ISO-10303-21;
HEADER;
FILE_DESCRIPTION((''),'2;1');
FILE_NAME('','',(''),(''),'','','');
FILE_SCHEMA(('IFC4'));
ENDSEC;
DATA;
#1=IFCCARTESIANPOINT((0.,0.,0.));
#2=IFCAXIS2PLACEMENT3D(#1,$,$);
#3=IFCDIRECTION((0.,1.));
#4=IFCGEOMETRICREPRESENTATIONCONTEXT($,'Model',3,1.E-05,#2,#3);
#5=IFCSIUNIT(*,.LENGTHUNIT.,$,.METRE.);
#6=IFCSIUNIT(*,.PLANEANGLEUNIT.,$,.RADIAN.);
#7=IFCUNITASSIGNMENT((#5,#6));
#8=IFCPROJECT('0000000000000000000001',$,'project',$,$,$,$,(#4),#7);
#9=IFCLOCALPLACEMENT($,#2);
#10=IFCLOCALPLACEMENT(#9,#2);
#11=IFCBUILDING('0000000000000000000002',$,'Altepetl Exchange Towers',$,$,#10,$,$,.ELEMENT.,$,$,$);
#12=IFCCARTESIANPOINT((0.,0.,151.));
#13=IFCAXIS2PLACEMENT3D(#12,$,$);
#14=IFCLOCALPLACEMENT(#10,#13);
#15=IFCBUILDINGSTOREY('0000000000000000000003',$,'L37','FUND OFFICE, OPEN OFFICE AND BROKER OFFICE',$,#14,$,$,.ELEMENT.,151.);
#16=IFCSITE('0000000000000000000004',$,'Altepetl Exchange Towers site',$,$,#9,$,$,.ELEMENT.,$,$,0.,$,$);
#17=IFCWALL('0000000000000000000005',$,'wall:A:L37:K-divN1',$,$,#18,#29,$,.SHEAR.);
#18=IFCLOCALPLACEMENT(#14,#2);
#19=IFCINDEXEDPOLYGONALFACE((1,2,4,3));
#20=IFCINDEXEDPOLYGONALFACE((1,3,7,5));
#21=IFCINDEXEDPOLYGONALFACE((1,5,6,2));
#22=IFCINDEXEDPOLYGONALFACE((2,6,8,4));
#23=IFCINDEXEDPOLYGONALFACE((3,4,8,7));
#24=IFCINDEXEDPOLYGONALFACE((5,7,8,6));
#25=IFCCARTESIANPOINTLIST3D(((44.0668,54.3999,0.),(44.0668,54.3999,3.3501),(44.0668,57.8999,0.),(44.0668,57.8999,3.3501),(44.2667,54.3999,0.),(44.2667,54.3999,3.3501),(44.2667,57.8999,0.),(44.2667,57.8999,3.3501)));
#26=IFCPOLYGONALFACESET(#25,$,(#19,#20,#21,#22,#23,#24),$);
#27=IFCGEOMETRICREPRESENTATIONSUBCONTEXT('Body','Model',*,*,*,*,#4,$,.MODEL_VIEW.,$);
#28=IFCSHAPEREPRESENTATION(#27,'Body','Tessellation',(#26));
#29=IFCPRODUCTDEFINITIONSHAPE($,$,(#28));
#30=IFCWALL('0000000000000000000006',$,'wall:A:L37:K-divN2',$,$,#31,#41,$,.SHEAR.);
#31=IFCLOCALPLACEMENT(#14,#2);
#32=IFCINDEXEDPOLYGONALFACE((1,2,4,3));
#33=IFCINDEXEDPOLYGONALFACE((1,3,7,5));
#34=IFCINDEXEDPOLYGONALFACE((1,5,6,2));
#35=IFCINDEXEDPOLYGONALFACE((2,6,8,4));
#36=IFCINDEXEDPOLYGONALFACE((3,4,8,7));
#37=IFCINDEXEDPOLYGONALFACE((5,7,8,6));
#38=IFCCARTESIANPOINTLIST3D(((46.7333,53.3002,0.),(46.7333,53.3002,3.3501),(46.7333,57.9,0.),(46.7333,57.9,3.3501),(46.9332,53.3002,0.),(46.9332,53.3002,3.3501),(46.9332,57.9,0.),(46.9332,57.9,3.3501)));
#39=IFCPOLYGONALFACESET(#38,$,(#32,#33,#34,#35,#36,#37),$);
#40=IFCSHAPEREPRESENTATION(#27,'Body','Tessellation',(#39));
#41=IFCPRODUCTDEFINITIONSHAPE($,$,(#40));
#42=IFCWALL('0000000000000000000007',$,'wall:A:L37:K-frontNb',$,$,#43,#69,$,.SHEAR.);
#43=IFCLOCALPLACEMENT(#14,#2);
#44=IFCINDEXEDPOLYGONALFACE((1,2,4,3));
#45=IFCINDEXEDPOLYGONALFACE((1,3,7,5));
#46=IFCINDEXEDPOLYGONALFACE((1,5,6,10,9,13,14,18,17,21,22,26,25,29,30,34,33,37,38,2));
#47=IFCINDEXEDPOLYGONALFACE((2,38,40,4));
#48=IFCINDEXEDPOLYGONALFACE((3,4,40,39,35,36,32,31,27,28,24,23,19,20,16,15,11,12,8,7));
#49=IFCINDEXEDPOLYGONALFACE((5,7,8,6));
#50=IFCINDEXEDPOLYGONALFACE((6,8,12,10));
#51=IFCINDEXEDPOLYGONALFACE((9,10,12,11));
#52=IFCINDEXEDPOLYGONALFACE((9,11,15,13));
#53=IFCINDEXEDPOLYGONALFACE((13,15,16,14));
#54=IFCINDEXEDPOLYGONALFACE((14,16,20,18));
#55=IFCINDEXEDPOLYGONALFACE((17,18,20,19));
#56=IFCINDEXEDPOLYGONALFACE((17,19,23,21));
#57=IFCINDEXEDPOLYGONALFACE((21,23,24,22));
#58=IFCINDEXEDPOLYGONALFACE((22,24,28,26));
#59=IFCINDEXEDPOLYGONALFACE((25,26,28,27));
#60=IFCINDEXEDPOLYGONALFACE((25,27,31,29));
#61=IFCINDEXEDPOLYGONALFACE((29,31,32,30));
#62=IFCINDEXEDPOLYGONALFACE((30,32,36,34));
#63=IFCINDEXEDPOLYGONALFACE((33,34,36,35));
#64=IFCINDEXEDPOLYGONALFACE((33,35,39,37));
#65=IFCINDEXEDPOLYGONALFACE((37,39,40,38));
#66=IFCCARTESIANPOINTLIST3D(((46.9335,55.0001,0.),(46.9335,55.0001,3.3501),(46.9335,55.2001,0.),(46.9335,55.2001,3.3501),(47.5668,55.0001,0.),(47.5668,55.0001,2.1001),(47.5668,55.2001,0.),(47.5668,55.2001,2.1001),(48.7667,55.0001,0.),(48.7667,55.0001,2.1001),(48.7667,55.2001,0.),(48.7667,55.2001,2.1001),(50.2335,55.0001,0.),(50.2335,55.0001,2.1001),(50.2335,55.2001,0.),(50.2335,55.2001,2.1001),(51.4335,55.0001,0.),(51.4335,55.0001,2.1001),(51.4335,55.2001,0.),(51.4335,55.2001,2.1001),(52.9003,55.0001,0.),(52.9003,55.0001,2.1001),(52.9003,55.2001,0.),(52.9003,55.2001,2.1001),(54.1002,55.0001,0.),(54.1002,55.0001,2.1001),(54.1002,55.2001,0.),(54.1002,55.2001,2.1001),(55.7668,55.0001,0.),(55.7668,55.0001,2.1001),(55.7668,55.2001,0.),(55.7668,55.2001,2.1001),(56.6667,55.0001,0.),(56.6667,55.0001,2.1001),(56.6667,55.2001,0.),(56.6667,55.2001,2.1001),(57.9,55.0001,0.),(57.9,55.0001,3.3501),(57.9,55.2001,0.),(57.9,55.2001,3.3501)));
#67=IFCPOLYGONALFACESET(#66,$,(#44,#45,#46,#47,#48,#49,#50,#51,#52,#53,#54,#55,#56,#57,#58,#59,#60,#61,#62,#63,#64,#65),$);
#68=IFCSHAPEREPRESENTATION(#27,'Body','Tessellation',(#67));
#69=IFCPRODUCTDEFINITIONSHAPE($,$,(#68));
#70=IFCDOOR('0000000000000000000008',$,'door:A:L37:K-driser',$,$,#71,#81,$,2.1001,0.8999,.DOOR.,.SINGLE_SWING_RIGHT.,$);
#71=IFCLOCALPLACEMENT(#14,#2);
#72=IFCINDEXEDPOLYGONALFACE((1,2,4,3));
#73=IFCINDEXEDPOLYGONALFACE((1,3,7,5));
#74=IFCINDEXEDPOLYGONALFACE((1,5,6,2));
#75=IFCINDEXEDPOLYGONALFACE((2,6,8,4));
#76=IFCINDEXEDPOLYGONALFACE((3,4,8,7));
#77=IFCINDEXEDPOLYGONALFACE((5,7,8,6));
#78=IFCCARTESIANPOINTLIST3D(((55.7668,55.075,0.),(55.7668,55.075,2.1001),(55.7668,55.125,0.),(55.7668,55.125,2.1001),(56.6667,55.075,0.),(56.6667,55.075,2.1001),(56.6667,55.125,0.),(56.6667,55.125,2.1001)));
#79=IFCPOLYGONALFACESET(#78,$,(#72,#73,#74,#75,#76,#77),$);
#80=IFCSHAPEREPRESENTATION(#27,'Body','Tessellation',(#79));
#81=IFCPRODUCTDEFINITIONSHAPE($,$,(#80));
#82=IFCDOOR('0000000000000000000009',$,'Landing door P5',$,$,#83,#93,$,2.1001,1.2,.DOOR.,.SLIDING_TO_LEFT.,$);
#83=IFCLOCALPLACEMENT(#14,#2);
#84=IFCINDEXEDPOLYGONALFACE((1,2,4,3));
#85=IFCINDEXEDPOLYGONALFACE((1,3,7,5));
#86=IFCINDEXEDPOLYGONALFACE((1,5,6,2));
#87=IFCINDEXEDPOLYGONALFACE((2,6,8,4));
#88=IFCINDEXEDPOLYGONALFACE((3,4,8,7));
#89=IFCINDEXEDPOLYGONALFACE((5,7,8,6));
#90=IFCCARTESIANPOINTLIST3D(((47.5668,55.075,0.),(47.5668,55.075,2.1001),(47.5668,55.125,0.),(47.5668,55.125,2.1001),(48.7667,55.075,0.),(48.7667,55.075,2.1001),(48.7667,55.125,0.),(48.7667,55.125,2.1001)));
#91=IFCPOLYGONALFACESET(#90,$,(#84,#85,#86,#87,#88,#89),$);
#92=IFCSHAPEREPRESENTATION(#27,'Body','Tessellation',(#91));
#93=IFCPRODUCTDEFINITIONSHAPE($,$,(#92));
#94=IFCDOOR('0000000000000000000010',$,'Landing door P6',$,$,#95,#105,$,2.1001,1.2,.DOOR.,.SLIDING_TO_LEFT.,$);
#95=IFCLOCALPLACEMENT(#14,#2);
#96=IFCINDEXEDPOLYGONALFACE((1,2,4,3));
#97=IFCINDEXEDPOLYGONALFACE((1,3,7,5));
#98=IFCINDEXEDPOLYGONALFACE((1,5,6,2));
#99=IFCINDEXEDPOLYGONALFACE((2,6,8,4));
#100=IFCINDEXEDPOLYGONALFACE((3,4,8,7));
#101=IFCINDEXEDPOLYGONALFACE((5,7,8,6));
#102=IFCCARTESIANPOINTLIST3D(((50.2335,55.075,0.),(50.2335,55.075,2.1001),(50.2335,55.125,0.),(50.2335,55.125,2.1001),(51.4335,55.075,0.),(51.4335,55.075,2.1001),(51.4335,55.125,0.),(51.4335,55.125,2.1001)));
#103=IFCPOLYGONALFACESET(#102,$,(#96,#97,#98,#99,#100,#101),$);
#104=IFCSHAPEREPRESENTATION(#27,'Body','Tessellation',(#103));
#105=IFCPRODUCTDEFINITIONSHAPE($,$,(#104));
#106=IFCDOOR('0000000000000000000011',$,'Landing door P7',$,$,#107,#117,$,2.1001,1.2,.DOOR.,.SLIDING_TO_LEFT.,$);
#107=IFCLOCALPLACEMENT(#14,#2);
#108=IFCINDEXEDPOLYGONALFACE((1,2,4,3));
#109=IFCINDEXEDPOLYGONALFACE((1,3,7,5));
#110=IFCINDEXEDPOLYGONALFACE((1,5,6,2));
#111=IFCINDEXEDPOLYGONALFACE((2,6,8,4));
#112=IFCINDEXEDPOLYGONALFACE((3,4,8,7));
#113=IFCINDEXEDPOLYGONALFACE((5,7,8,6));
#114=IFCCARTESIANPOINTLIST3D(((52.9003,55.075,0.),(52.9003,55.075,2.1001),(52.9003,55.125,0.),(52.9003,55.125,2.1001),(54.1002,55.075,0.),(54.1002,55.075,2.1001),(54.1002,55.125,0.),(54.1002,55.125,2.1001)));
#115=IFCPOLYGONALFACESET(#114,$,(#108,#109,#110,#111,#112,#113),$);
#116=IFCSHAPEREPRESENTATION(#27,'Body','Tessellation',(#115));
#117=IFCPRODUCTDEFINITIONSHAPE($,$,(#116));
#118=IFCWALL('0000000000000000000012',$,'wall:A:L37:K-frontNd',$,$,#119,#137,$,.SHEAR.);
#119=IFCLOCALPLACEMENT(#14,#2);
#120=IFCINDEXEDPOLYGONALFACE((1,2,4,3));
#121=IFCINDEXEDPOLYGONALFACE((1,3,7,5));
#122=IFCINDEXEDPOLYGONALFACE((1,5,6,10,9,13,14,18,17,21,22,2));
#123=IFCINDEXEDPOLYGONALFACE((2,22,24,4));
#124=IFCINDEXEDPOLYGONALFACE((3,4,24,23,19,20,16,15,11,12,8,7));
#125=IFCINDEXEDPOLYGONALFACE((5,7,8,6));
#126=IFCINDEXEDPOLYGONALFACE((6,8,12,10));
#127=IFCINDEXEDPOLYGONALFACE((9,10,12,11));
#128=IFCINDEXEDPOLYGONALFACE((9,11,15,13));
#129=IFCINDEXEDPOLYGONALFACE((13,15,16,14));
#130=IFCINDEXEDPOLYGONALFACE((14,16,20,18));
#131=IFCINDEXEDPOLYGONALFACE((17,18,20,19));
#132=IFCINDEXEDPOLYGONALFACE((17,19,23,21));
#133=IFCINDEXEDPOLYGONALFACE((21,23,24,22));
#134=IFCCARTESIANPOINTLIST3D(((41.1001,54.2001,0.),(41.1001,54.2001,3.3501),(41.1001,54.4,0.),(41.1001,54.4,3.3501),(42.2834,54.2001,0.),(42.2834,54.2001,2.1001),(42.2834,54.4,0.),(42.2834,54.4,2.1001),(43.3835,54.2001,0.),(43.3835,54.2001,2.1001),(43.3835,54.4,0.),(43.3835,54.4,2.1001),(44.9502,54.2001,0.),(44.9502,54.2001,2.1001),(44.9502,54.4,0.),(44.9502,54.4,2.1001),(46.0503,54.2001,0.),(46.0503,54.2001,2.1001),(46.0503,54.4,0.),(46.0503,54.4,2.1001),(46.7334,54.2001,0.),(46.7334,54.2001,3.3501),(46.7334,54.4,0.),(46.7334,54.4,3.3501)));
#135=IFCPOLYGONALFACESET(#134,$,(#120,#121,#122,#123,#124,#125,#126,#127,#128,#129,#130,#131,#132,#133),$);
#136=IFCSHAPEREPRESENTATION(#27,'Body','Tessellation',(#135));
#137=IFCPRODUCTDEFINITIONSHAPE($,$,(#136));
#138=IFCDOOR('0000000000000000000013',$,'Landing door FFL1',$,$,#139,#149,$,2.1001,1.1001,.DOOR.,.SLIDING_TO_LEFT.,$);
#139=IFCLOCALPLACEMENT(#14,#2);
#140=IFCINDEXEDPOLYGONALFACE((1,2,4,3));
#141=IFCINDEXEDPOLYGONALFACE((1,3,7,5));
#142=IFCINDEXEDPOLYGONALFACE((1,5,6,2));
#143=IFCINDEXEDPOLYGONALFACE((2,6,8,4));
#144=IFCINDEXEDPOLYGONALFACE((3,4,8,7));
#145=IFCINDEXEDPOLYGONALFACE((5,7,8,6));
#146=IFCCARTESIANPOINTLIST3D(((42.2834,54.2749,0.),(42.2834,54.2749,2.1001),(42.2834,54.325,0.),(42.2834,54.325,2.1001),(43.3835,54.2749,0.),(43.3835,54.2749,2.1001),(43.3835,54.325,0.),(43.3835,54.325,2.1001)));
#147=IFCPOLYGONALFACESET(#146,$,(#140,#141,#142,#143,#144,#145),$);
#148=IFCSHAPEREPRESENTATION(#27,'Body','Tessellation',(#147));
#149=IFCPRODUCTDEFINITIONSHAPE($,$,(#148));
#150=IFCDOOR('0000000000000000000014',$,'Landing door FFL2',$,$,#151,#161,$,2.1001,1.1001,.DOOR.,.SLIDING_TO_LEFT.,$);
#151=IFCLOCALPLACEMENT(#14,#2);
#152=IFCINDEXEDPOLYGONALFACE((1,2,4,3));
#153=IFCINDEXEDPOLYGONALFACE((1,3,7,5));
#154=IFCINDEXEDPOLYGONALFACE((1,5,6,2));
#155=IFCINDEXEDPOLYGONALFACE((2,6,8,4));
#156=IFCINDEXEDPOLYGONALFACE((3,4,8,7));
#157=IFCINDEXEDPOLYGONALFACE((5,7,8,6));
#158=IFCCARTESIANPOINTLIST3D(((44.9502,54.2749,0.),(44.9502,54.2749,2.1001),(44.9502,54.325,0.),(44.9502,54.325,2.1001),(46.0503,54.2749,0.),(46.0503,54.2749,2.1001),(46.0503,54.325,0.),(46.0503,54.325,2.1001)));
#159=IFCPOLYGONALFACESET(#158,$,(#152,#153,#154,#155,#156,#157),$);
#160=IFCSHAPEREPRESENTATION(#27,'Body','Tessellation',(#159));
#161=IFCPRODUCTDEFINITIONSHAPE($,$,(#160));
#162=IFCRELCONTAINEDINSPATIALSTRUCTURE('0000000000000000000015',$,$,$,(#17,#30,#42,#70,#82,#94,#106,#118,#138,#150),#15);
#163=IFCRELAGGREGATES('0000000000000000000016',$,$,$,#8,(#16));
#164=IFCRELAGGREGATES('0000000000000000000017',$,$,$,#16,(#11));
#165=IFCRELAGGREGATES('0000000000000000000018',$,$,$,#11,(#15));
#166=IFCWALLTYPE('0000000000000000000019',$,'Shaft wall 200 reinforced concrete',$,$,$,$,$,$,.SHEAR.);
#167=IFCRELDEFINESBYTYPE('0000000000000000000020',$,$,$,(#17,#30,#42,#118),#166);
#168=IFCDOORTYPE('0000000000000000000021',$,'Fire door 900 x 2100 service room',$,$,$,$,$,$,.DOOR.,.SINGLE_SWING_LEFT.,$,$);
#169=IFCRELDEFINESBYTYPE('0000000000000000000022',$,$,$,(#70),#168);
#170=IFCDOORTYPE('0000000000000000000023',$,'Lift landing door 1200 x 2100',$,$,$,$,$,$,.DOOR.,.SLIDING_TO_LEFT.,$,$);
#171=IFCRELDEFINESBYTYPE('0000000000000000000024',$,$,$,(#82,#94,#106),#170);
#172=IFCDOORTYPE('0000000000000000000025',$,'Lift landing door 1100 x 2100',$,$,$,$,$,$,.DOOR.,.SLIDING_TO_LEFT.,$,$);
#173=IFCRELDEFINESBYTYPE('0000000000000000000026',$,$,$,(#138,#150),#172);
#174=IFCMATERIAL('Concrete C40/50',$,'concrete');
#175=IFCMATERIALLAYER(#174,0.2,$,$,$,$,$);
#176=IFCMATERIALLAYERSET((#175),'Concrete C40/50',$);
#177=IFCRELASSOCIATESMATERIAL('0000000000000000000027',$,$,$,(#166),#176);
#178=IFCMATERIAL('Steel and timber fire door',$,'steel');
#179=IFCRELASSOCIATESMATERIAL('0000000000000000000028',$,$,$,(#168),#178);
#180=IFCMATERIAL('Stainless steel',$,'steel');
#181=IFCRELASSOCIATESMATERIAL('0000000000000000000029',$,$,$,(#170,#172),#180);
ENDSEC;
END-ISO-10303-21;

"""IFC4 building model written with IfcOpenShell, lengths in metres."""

from ifc_helpers import new_model, si_unit, direction, frame, frame_2d, origin, place, context, subcontext, project, spatial, rectangle, extrude, material, layer, layer_set, type_object, element, fill, save


model = new_model("IFC4")

# Units and contexts
model_context = context("Model", 3, precision=1e-05, world=origin(), true_north=direction((0.0, 1.0)))
body_context = subcontext(model_context, "Body", "Model", "MODEL_VIEW")
ifc_project = project(units=[si_unit("LENGTHUNIT", "METRE"), si_unit("PLANEANGLEUNIT", "RADIAN")], contexts=[model_context])

# Site, building, storey
site_placement = place(None, origin())
site = spatial("IfcSite", under=ifc_project, at=site_placement, Name="Altepetl Exchange Towers site", CompositionType="ELEMENT", RefElevation=0.0)
building_placement = place(site_placement, origin())
building = spatial("IfcBuilding", under=site, at=building_placement, Name="Altepetl Exchange Towers", CompositionType="ELEMENT")
storey_placement = place(building_placement, frame((0.0, 0.0, 151.0)))
storey = spatial("IfcBuildingStorey", under=building, at=storey_placement, Name="L37", Description="FUND OFFICE, OPEN OFFICE AND BROKER OFFICE", CompositionType="ELEMENT", Elevation=151.0)

# Shared definitions
ifc_material_1 = material(Name="Steel and timber fire door", Category="steel")

# Walls
ifc_material_2 = material(Name="Concrete C40/50", Category="concrete")
ifc_layer_1 = layer(ifc_material_2, 0.2)
ifc_layer_set_1 = layer_set([ifc_layer_1], Name="Concrete C40/50")
wall_type_1 = type_object("IfcWallType", Name="Shaft wall 200 reinforced concrete", PredefinedType="SHEAR", material=ifc_layer_set_1)
wall_1_placement = place(storey_placement, frame((44.1667, 57.8999, 0.0), z_axis=(0.0, 0.0, 1.0), x_axis=(0.0, -1.0, 0.0)))
element("IfcWall", 1, at=wall_1_placement, inside=storey, type_object=wall_type_1, Name="wall:A:L37:K-divN1", PredefinedType="SHEAR", context=body_context, shape_type="SweptSolid", body=[
    extrude(rectangle(XDim=3.5, YDim=0.2, at=frame_2d((1.75, 0.0))), origin(), (0.0, 0.0, 1.0), 3.3501),
])
wall_2_placement = place(storey_placement, frame((46.8333, 57.8999, 0.0), z_axis=(0.0, 0.0, 1.0), x_axis=(0.0, -1.0, 0.0)))
element("IfcWall", 2, at=wall_2_placement, inside=storey, type_object=wall_type_1, Name="wall:A:L37:K-divN2", PredefinedType="SHEAR", context=body_context, shape_type="SweptSolid", body=[
    extrude(rectangle(XDim=4.5999, YDim=0.2, at=frame_2d((2.2998, 0.0))), origin(), (0.0, 0.0, 1.0), 3.3501),
])

# Walls, openings, doors
wall_3_placement = place(storey_placement, frame((46.9333, 55.1001, 0.0)))
wall_3 = element("IfcWall", 3, at=wall_3_placement, inside=storey, type_object=wall_type_1, Name="wall:A:L37:K-frontNb", PredefinedType="SHEAR", context=body_context, shape_type="SweptSolid", body=[
    extrude(rectangle(XDim=10.9666, YDim=0.2, at=frame_2d((5.4834, 0.0))), origin(), (0.0, 0.0, 1.0), 3.3501),
])
opening_1_placement = place(wall_3_placement, frame((8.8335, 0.0, 0.0)))
opening_1 = element("IfcOpeningElement", 4, at=opening_1_placement, cuts=wall_3, PredefinedType="OPENING", context=body_context, shape_type="SweptSolid", body=[
    extrude(rectangle(XDim=0.8999, YDim=2.1001, at=frame_2d((0.45, 1.05))), frame((0.0, 0.1099, 0.0), z_axis=(0.0, -1.0, 0.0), x_axis=(1.0, 0.0, 0.0)), (0.0, 0.0, 1.0), 0.22),
])
opening_2_placement = place(wall_3_placement, frame((0.6333, 0.0, 0.0)))
opening_2 = element("IfcOpeningElement", 5, at=opening_2_placement, cuts=wall_3, PredefinedType="OPENING", context=body_context, shape_type="SweptSolid", body=[
    extrude(rectangle(XDim=1.2, YDim=2.1001, at=frame_2d((0.6001, 1.05))), frame((0.0, 0.1099, 0.0), z_axis=(0.0, -1.0, 0.0), x_axis=(1.0, 0.0, 0.0)), (0.0, 0.0, 1.0), 0.22),
])
opening_3_placement = place(wall_3_placement, frame((3.3, 0.0, 0.0)))
opening_3 = element("IfcOpeningElement", 6, at=opening_3_placement, cuts=wall_3, PredefinedType="OPENING", context=body_context, shape_type="SweptSolid", body=[
    extrude(rectangle(XDim=1.2, YDim=2.1001, at=frame_2d((0.6001, 1.05))), frame((0.0, 0.1099, 0.0), z_axis=(0.0, -1.0, 0.0), x_axis=(1.0, 0.0, 0.0)), (0.0, 0.0, 1.0), 0.22),
])
opening_4_placement = place(wall_3_placement, frame((5.9668, 0.0, 0.0)))
opening_4 = element("IfcOpeningElement", 7, at=opening_4_placement, cuts=wall_3, PredefinedType="OPENING", context=body_context, shape_type="SweptSolid", body=[
    extrude(rectangle(XDim=1.2, YDim=2.1001, at=frame_2d((0.6001, 1.05))), frame((0.0, 0.1099, 0.0), z_axis=(0.0, -1.0, 0.0), x_axis=(1.0, 0.0, 0.0)), (0.0, 0.0, 1.0), 0.22),
])
door_type_1 = type_object("IfcDoorType", Name="Fire door 900 x 2100 service room", OperationType="SINGLE_SWING_LEFT", PredefinedType="DOOR", material=ifc_material_1)
door_1_placement = place(opening_1_placement, origin())
door_1 = element("IfcDoor", 8, at=door_1_placement, inside=storey, type_object=door_type_1, Name="door:A:L37:K-driser", OperationType="SINGLE_SWING_RIGHT", OverallHeight=2.1001, OverallWidth=0.8999, PredefinedType="DOOR", context=body_context, shape_type="SweptSolid", body=[
    extrude(rectangle(XDim=0.8999, YDim=2.1001, at=frame_2d((0.45, 1.05))), frame((0.0, 0.0249, 0.0), z_axis=(0.0, -1.0, 0.0), x_axis=(1.0, 0.0, 0.0)), (0.0, 0.0, 1.0), 0.05),
])
fill(opening_1, door_1)
ifc_material_3 = material(Name="Stainless steel", Category="steel")
door_type_2 = type_object("IfcDoorType", Name="Lift landing door 1200 x 2100", OperationType="SLIDING_TO_LEFT", PredefinedType="DOOR", material=ifc_material_3)
door_2_placement = place(opening_2_placement, origin())
door_2 = element("IfcDoor", 9, at=door_2_placement, inside=storey, type_object=door_type_2, Name="Landing door P5", OperationType="SLIDING_TO_LEFT", OverallHeight=2.1001, OverallWidth=1.2, PredefinedType="DOOR", context=body_context, shape_type="SweptSolid", body=[
    extrude(rectangle(XDim=1.2, YDim=2.1001, at=frame_2d((0.6001, 1.05))), frame((0.0, 0.0249, 0.0), z_axis=(0.0, -1.0, 0.0), x_axis=(1.0, 0.0, 0.0)), (0.0, 0.0, 1.0), 0.05),
])
fill(opening_2, door_2)
door_3_placement = place(opening_3_placement, origin())
door_3 = element("IfcDoor", 10, at=door_3_placement, inside=storey, type_object=door_type_2, Name="Landing door P6", OperationType="SLIDING_TO_LEFT", OverallHeight=2.1001, OverallWidth=1.2, PredefinedType="DOOR", context=body_context, shape_type="SweptSolid", body=[
    extrude(rectangle(XDim=1.2, YDim=2.1001, at=frame_2d((0.6001, 1.05))), frame((0.0, 0.0249, 0.0), z_axis=(0.0, -1.0, 0.0), x_axis=(1.0, 0.0, 0.0)), (0.0, 0.0, 1.0), 0.05),
])
fill(opening_3, door_3)
door_4_placement = place(opening_4_placement, origin())
door_4 = element("IfcDoor", 11, at=door_4_placement, inside=storey, type_object=door_type_2, Name="Landing door P7", OperationType="SLIDING_TO_LEFT", OverallHeight=2.1001, OverallWidth=1.2, PredefinedType="DOOR", context=body_context, shape_type="SweptSolid", body=[
    extrude(rectangle(XDim=1.2, YDim=2.1001, at=frame_2d((0.6001, 1.05))), frame((0.0, 0.0249, 0.0), z_axis=(0.0, -1.0, 0.0), x_axis=(1.0, 0.0, 0.0)), (0.0, 0.0, 1.0), 0.05),
])
fill(opening_4, door_4)
wall_4_placement = place(storey_placement, frame((41.1001, 54.3, 0.0)))
wall_4 = element("IfcWall", 12, at=wall_4_placement, inside=storey, type_object=wall_type_1, Name="wall:A:L37:K-frontNd", PredefinedType="SHEAR", context=body_context, shape_type="SweptSolid", body=[
    extrude(rectangle(XDim=5.6333, YDim=0.2, at=frame_2d((2.8167, 0.0))), origin(), (0.0, 0.0, 1.0), 3.3501),
])
opening_5_placement = place(wall_4_placement, frame((1.1833, 0.0, 0.0)))
opening_5 = element("IfcOpeningElement", 13, at=opening_5_placement, cuts=wall_4, PredefinedType="OPENING", context=body_context, shape_type="SweptSolid", body=[
    extrude(rectangle(XDim=1.1001, YDim=2.1001, at=frame_2d((0.55, 1.05))), frame((0.0, 0.1099, 0.0), z_axis=(0.0, -1.0, 0.0), x_axis=(1.0, 0.0, 0.0)), (0.0, 0.0, 1.0), 0.22),
])
opening_6_placement = place(wall_4_placement, frame((3.8501, 0.0, 0.0)))
opening_6 = element("IfcOpeningElement", 14, at=opening_6_placement, cuts=wall_4, PredefinedType="OPENING", context=body_context, shape_type="SweptSolid", body=[
    extrude(rectangle(XDim=1.1001, YDim=2.1001, at=frame_2d((0.55, 1.05))), frame((0.0, 0.1099, 0.0), z_axis=(0.0, -1.0, 0.0), x_axis=(1.0, 0.0, 0.0)), (0.0, 0.0, 1.0), 0.22),
])
door_type_3 = type_object("IfcDoorType", Name="Lift landing door 1100 x 2100", OperationType="SLIDING_TO_LEFT", PredefinedType="DOOR", material=ifc_material_3)
door_5_placement = place(opening_5_placement, origin())
door_5 = element("IfcDoor", 15, at=door_5_placement, inside=storey, type_object=door_type_3, Name="Landing door FFL1", OperationType="SLIDING_TO_LEFT", OverallHeight=2.1001, OverallWidth=1.1001, PredefinedType="DOOR", context=body_context, shape_type="SweptSolid", body=[
    extrude(rectangle(XDim=1.1001, YDim=2.1001, at=frame_2d((0.55, 1.05))), frame((0.0, 0.0249, 0.0), z_axis=(0.0, -1.0, 0.0), x_axis=(1.0, 0.0, 0.0)), (0.0, 0.0, 1.0), 0.05),
])
fill(opening_5, door_5)
door_6_placement = place(opening_6_placement, origin())
door_6 = element("IfcDoor", 16, at=door_6_placement, inside=storey, type_object=door_type_3, Name="Landing door FFL2", OperationType="SLIDING_TO_LEFT", OverallHeight=2.1001, OverallWidth=1.1001, PredefinedType="DOOR", context=body_context, shape_type="SweptSolid", body=[
    extrude(rectangle(XDim=1.1001, YDim=2.1001, at=frame_2d((0.55, 1.05))), frame((0.0, 0.0249, 0.0), z_axis=(0.0, -1.0, 0.0), x_axis=(1.0, 0.0, 0.0)), (0.0, 0.0, 1.0), 0.05),
])
fill(opening_6, door_6)

save(model, "model.ifc")
